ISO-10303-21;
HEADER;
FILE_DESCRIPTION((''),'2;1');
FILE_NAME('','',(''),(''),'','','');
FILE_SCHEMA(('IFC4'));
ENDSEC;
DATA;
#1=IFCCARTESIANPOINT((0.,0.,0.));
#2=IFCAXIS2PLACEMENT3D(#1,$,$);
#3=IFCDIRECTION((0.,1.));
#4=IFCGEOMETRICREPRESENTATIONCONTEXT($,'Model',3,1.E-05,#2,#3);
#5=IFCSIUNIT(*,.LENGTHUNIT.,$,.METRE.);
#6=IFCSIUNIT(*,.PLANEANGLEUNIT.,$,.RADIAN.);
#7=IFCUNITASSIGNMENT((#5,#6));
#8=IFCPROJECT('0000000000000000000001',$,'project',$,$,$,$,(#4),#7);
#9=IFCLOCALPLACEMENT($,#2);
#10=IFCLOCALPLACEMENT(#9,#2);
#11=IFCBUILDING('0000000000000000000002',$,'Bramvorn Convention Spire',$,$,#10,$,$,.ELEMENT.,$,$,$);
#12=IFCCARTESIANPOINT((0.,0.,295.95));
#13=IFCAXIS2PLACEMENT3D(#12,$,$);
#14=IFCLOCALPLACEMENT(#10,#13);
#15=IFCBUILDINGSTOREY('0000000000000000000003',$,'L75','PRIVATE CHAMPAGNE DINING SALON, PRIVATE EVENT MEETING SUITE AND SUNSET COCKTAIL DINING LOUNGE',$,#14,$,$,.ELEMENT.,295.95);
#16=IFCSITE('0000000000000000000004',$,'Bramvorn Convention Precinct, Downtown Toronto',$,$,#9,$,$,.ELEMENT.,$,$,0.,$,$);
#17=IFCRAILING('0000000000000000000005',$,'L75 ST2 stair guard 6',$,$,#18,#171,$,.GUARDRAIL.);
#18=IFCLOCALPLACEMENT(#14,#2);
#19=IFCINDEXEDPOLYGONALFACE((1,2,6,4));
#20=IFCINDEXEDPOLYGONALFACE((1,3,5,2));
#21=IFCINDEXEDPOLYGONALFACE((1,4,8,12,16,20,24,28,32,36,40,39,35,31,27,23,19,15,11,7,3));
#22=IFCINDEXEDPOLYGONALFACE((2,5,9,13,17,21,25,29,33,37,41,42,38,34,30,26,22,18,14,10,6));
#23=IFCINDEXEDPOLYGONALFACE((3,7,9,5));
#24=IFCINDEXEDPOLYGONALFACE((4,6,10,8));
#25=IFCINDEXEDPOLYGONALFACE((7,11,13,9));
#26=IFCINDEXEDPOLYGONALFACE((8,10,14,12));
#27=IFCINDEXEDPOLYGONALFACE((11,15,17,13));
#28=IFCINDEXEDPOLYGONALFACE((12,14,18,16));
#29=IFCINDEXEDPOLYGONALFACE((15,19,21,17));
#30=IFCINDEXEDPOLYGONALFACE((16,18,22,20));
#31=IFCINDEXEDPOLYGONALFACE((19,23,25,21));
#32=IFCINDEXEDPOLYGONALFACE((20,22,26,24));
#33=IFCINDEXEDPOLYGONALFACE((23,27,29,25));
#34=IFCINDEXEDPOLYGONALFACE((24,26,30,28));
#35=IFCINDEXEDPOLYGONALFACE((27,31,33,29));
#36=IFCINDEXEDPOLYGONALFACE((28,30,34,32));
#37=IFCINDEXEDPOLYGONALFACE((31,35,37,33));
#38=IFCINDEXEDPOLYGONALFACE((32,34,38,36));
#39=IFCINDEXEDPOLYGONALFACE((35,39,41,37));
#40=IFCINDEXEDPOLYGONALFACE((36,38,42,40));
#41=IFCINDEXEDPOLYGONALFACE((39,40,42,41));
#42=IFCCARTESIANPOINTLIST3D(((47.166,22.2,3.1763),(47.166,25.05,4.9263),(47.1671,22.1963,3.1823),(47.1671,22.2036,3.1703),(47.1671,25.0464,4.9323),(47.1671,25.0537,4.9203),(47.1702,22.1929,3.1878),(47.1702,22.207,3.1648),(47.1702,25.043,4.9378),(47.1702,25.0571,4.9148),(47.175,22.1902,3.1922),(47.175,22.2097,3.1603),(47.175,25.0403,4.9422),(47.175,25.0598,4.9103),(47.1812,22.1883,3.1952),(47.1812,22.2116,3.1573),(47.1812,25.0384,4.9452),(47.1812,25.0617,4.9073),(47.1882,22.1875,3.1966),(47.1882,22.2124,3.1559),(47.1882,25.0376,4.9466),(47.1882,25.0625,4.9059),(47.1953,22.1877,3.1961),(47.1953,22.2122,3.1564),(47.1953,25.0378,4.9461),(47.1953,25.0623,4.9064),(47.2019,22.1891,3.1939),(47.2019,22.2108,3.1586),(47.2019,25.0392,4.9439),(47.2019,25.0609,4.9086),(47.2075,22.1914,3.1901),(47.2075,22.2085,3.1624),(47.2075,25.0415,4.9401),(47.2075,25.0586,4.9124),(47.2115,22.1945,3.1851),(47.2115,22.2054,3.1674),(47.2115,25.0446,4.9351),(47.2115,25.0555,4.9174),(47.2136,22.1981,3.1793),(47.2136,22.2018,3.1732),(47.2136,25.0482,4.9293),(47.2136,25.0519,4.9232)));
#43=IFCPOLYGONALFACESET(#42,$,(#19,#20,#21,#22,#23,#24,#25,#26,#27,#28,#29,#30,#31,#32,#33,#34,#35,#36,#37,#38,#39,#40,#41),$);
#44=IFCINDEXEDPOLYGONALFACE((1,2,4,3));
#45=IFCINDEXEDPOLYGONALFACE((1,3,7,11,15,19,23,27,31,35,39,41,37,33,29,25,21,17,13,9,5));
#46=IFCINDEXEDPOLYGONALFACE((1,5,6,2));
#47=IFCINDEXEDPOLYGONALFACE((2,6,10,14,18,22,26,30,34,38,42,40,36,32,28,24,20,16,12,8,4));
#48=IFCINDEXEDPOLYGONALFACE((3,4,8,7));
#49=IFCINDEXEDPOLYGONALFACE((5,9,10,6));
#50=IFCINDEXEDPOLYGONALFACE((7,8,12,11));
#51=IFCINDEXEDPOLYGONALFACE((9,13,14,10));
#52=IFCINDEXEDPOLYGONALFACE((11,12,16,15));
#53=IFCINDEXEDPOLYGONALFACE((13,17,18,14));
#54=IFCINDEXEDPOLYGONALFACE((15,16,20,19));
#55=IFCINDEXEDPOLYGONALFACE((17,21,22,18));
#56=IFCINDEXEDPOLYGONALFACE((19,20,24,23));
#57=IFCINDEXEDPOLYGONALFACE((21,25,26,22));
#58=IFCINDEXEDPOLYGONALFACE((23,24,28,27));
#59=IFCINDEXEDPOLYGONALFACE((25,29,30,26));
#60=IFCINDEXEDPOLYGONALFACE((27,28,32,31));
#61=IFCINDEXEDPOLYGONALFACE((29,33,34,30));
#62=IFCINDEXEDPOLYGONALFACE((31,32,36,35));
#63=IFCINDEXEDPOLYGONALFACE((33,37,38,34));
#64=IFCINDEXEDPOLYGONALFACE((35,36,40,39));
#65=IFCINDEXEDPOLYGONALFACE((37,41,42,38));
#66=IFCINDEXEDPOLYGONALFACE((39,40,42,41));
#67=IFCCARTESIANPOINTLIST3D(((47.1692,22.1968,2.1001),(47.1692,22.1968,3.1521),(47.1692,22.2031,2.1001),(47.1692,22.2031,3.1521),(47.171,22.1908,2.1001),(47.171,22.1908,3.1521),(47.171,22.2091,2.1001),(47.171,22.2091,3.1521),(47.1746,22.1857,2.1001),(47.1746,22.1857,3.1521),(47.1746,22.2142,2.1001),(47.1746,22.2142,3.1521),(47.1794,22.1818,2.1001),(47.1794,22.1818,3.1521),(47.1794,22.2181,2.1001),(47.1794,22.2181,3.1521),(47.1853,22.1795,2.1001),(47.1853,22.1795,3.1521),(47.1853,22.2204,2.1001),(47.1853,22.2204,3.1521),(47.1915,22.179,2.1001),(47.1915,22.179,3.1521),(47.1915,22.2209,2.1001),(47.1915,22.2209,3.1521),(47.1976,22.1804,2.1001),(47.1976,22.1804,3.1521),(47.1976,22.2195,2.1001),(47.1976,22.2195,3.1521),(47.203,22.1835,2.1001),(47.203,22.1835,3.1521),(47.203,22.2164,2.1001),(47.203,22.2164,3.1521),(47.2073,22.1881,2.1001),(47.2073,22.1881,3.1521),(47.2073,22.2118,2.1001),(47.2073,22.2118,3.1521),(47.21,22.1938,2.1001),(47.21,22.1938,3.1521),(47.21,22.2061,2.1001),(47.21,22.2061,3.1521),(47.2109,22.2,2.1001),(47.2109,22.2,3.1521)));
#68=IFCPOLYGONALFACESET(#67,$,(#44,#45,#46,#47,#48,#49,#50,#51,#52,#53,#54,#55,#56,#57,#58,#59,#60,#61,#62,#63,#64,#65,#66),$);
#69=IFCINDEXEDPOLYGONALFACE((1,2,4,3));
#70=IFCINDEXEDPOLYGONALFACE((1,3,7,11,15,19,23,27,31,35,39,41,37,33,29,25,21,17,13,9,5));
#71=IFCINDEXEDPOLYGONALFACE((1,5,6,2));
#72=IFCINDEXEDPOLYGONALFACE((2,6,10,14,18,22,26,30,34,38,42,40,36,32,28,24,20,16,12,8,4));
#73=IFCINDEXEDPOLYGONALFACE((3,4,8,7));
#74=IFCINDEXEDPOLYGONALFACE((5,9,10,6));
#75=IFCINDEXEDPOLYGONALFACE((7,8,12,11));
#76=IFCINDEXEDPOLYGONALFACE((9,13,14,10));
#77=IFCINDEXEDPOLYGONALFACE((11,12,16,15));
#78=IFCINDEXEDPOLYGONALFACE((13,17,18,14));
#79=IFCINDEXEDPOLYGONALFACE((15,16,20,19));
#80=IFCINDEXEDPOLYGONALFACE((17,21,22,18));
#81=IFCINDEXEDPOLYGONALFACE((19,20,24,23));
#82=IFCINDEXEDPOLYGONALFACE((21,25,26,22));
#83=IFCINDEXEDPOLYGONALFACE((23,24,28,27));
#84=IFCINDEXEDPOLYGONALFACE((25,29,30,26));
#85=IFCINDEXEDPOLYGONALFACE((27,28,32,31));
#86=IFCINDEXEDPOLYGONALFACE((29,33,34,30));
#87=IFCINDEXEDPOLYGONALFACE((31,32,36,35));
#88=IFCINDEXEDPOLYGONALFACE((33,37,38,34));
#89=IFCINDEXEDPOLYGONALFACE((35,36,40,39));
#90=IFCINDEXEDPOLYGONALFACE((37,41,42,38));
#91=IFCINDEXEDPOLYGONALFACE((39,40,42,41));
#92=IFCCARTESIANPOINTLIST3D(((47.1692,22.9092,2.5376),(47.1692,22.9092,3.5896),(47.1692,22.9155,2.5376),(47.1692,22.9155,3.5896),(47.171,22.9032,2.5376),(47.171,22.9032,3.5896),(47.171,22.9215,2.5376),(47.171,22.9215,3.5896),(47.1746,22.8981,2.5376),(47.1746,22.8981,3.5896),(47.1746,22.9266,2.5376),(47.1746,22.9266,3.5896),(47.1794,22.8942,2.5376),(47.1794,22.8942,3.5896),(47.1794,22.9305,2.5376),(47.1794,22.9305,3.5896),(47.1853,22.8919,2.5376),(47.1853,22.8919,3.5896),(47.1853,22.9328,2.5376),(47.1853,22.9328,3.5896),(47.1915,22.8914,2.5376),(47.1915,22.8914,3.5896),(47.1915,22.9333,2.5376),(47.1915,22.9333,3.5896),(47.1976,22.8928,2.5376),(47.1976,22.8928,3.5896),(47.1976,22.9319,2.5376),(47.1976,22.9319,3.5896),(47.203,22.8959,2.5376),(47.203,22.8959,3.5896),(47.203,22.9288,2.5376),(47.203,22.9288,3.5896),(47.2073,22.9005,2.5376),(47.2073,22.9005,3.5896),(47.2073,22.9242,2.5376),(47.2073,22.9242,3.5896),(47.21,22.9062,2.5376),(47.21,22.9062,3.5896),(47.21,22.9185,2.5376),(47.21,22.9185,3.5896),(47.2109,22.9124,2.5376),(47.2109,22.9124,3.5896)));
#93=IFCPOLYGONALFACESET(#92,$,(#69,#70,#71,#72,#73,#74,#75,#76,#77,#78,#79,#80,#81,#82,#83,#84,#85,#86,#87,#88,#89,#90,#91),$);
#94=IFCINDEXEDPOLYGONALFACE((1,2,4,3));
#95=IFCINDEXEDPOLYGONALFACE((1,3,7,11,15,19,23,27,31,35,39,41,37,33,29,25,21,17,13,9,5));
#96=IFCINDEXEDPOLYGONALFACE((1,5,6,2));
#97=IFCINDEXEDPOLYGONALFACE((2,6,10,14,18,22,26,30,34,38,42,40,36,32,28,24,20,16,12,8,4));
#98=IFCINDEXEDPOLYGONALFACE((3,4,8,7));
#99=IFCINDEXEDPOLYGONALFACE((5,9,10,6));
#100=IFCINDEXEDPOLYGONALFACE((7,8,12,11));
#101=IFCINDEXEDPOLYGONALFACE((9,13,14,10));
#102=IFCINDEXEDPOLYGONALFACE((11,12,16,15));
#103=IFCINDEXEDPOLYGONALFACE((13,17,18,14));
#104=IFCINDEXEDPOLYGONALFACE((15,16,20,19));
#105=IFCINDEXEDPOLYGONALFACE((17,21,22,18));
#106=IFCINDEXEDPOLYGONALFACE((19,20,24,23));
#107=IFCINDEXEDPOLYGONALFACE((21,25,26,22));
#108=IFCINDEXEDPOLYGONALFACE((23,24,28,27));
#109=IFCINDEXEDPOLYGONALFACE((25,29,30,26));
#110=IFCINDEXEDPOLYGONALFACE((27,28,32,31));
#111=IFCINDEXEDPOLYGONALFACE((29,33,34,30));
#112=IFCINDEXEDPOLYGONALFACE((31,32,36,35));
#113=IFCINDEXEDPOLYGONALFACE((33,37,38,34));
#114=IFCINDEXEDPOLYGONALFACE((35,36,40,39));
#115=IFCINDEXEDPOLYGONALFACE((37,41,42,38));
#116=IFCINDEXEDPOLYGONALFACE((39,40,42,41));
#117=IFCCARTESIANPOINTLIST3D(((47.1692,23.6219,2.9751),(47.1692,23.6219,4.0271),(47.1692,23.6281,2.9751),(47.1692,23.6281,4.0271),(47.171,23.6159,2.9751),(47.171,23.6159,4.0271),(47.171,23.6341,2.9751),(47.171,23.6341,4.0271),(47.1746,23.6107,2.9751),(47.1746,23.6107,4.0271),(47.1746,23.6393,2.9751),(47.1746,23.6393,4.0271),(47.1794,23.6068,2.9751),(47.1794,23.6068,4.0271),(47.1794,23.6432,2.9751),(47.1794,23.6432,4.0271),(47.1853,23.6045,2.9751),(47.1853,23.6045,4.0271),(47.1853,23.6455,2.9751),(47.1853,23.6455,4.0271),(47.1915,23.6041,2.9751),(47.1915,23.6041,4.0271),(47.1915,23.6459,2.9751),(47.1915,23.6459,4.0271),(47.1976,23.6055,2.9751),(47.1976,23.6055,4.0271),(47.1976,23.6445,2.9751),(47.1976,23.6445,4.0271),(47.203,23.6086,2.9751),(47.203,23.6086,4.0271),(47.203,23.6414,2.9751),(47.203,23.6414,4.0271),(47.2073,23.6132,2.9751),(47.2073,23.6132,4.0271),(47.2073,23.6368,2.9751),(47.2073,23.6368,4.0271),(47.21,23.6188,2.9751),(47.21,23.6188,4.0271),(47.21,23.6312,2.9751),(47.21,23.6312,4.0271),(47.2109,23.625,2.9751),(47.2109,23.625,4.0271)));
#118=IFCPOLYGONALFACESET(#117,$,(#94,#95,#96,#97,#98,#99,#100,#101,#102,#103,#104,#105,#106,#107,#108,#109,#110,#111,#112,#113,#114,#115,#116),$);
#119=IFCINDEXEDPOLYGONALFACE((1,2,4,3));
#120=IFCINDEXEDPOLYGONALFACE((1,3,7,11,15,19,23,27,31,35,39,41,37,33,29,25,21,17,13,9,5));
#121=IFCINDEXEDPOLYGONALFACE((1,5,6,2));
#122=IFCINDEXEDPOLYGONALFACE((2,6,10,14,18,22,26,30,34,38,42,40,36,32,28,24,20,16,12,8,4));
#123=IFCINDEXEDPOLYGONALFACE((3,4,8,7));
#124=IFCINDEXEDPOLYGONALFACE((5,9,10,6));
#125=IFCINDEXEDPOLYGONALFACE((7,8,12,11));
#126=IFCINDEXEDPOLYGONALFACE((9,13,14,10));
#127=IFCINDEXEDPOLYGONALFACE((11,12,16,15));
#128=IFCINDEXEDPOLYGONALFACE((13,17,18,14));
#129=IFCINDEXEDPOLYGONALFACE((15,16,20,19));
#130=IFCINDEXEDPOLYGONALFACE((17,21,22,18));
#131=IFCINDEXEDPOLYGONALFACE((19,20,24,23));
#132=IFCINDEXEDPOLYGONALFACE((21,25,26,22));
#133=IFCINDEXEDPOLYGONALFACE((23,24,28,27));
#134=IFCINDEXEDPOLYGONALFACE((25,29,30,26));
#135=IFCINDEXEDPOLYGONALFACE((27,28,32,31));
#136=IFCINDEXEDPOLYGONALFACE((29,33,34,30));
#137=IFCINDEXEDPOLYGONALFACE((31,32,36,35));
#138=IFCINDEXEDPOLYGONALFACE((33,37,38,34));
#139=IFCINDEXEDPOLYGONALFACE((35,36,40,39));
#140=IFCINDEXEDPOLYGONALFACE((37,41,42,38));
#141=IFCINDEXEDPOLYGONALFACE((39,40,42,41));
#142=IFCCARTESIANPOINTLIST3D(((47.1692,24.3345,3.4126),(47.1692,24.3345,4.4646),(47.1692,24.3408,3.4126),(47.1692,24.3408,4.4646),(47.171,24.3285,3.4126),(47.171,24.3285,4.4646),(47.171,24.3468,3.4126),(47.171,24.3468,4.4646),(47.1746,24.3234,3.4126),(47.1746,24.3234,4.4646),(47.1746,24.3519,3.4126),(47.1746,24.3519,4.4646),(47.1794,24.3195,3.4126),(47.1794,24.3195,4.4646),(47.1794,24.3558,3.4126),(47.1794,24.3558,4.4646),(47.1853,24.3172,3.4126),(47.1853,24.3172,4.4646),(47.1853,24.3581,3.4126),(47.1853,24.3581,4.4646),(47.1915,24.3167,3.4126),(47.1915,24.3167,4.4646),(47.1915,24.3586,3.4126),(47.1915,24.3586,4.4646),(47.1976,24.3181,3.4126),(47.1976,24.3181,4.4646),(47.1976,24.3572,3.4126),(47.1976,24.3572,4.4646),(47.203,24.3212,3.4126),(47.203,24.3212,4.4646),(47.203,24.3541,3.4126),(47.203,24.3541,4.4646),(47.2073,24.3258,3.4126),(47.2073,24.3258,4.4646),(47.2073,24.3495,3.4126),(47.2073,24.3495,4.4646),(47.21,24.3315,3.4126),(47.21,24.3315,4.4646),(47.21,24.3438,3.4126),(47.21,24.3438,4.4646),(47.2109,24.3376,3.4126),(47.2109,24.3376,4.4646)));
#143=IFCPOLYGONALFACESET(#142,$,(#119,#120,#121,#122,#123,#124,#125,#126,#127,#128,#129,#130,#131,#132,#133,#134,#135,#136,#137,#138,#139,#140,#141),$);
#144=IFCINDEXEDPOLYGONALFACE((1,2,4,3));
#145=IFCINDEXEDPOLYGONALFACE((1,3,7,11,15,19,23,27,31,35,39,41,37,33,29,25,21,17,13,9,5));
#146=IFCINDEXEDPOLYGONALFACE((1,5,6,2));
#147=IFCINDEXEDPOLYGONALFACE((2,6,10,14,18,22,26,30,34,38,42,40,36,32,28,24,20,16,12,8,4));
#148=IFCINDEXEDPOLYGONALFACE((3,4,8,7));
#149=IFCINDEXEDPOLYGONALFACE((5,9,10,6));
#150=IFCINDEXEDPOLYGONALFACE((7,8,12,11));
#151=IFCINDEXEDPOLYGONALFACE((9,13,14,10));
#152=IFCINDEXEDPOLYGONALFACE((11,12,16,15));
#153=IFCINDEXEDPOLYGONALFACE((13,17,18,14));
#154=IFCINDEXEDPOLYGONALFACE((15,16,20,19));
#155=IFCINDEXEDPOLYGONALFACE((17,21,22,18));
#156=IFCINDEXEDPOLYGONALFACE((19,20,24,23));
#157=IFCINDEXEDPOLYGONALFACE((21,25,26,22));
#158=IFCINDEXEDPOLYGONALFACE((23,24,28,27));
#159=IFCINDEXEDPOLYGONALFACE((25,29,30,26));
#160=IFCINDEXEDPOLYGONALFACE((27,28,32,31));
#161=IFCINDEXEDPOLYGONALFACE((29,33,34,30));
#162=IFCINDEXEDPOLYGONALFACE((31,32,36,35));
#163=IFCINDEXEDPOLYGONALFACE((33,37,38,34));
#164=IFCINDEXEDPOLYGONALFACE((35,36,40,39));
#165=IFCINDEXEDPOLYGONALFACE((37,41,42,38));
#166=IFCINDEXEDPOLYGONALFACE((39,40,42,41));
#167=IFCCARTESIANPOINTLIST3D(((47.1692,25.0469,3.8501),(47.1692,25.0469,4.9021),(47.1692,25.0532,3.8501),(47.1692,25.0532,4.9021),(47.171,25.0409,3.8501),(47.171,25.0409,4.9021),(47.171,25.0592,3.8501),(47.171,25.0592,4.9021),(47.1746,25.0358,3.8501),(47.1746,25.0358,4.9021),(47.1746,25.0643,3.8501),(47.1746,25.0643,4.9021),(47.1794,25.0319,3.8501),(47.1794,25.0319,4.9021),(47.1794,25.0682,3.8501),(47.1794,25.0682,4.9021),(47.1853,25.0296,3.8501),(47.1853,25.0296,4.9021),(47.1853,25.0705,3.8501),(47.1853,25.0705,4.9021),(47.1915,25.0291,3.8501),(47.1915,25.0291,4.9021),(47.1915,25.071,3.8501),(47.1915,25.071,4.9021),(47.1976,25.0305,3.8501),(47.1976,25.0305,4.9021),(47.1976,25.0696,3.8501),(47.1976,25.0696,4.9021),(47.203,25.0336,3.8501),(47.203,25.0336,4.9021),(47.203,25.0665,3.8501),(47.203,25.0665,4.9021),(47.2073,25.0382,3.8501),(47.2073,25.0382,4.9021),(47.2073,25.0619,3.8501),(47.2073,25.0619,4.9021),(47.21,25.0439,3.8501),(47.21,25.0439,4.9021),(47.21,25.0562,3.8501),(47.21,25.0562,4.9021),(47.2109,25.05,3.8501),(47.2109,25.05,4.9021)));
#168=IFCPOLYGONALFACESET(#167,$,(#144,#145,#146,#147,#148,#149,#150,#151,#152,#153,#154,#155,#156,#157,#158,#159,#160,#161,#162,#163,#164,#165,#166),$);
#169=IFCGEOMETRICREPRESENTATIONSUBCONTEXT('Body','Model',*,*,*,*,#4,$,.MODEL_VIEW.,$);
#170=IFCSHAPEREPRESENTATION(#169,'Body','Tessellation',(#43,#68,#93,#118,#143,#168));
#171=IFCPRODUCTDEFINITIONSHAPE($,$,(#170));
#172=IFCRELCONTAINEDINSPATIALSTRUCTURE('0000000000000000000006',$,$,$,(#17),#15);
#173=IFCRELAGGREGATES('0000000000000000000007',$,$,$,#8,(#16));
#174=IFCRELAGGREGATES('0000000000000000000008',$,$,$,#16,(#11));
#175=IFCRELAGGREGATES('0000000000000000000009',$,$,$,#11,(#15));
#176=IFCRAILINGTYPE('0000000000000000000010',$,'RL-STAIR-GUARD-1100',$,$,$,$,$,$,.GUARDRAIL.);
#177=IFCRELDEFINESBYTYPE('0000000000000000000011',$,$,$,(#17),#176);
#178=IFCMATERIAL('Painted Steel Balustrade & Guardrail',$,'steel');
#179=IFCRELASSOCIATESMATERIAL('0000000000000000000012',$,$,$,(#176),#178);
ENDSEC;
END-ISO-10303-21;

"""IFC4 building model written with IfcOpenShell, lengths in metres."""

from ifc_helpers import new_model, si_unit, direction, frame, origin, origin_2d, place, context, subcontext, project, spatial, circle, extrude, material, type_object, element, save


model = new_model("IFC4")

# Units and contexts
model_context = context("Model", 3, precision=1e-05, world=origin(), true_north=direction((0.0, 1.0)))
body_context = subcontext(model_context, "Body", "Model", "MODEL_VIEW")
ifc_project = project(units=[si_unit("LENGTHUNIT", "METRE"), si_unit("PLANEANGLEUNIT", "RADIAN")], contexts=[model_context])

# Site, building, storey
site_placement = place(None, origin())
site = spatial("IfcSite", under=ifc_project, at=site_placement, Name="Bramvorn Convention Precinct, Downtown Toronto", CompositionType="ELEMENT", RefElevation=0.0)
building_placement = place(site_placement, origin())
building = spatial("IfcBuilding", under=site, at=building_placement, Name="Bramvorn Convention Spire", CompositionType="ELEMENT")
storey_placement = place(building_placement, frame((0.0, 0.0, 295.95)))
storey = spatial("IfcBuildingStorey", under=building, at=storey_placement, Name="L75", Description="PRIVATE CHAMPAGNE DINING SALON, PRIVATE EVENT MEETING SUITE AND SUNSET COCKTAIL DINING LOUNGE", CompositionType="ELEMENT", Elevation=295.95)

# Railing
ifc_material_1 = material(Name="Painted Steel Balustrade & Guardrail", Category="steel")
railing_type_1 = type_object("IfcRailingType", Name="RL-STAIR-GUARD-1100", PredefinedType="GUARDRAIL", material=ifc_material_1)
railing_1_placement = place(storey_placement, frame((47.1899, 22.2, 2.1001)))
element("IfcRailing", 1, at=railing_1_placement, inside=storey, type_object=railing_type_1, Name="L75 ST2 stair guard 6", PredefinedType="GUARDRAIL", context=body_context, shape_type="SweptSolid", body=[
    extrude(circle(Radius=0.0239, at=origin_2d()), frame((0.0, 0.0, 1.0762), z_axis=(0.0, 0.852179, 0.52325), x_axis=(-1.0, 0.0, 0.0)), (0.0, 0.0, 1.0), 3.3445),
    extrude(circle(Radius=0.021, at=origin_2d()), origin(), (0.0, 0.0, 1.0), 1.052),
    extrude(circle(Radius=0.021, at=origin_2d()), frame((0.0, 0.7124, 0.4375)), (0.0, 0.0, 1.0), 1.052),
    extrude(circle(Radius=0.021, at=origin_2d()), frame((0.0, 1.425, 0.875)), (0.0, 0.0, 1.0), 1.052),
    extrude(circle(Radius=0.021, at=origin_2d()), frame((0.0, 2.1377, 1.3125)), (0.0, 0.0, 1.0), 1.052),
    extrude(circle(Radius=0.021, at=origin_2d()), frame((0.0, 2.8501, 1.75)), (0.0, 0.0, 1.0), 1.052),
])

save(model, "model.ifc")
